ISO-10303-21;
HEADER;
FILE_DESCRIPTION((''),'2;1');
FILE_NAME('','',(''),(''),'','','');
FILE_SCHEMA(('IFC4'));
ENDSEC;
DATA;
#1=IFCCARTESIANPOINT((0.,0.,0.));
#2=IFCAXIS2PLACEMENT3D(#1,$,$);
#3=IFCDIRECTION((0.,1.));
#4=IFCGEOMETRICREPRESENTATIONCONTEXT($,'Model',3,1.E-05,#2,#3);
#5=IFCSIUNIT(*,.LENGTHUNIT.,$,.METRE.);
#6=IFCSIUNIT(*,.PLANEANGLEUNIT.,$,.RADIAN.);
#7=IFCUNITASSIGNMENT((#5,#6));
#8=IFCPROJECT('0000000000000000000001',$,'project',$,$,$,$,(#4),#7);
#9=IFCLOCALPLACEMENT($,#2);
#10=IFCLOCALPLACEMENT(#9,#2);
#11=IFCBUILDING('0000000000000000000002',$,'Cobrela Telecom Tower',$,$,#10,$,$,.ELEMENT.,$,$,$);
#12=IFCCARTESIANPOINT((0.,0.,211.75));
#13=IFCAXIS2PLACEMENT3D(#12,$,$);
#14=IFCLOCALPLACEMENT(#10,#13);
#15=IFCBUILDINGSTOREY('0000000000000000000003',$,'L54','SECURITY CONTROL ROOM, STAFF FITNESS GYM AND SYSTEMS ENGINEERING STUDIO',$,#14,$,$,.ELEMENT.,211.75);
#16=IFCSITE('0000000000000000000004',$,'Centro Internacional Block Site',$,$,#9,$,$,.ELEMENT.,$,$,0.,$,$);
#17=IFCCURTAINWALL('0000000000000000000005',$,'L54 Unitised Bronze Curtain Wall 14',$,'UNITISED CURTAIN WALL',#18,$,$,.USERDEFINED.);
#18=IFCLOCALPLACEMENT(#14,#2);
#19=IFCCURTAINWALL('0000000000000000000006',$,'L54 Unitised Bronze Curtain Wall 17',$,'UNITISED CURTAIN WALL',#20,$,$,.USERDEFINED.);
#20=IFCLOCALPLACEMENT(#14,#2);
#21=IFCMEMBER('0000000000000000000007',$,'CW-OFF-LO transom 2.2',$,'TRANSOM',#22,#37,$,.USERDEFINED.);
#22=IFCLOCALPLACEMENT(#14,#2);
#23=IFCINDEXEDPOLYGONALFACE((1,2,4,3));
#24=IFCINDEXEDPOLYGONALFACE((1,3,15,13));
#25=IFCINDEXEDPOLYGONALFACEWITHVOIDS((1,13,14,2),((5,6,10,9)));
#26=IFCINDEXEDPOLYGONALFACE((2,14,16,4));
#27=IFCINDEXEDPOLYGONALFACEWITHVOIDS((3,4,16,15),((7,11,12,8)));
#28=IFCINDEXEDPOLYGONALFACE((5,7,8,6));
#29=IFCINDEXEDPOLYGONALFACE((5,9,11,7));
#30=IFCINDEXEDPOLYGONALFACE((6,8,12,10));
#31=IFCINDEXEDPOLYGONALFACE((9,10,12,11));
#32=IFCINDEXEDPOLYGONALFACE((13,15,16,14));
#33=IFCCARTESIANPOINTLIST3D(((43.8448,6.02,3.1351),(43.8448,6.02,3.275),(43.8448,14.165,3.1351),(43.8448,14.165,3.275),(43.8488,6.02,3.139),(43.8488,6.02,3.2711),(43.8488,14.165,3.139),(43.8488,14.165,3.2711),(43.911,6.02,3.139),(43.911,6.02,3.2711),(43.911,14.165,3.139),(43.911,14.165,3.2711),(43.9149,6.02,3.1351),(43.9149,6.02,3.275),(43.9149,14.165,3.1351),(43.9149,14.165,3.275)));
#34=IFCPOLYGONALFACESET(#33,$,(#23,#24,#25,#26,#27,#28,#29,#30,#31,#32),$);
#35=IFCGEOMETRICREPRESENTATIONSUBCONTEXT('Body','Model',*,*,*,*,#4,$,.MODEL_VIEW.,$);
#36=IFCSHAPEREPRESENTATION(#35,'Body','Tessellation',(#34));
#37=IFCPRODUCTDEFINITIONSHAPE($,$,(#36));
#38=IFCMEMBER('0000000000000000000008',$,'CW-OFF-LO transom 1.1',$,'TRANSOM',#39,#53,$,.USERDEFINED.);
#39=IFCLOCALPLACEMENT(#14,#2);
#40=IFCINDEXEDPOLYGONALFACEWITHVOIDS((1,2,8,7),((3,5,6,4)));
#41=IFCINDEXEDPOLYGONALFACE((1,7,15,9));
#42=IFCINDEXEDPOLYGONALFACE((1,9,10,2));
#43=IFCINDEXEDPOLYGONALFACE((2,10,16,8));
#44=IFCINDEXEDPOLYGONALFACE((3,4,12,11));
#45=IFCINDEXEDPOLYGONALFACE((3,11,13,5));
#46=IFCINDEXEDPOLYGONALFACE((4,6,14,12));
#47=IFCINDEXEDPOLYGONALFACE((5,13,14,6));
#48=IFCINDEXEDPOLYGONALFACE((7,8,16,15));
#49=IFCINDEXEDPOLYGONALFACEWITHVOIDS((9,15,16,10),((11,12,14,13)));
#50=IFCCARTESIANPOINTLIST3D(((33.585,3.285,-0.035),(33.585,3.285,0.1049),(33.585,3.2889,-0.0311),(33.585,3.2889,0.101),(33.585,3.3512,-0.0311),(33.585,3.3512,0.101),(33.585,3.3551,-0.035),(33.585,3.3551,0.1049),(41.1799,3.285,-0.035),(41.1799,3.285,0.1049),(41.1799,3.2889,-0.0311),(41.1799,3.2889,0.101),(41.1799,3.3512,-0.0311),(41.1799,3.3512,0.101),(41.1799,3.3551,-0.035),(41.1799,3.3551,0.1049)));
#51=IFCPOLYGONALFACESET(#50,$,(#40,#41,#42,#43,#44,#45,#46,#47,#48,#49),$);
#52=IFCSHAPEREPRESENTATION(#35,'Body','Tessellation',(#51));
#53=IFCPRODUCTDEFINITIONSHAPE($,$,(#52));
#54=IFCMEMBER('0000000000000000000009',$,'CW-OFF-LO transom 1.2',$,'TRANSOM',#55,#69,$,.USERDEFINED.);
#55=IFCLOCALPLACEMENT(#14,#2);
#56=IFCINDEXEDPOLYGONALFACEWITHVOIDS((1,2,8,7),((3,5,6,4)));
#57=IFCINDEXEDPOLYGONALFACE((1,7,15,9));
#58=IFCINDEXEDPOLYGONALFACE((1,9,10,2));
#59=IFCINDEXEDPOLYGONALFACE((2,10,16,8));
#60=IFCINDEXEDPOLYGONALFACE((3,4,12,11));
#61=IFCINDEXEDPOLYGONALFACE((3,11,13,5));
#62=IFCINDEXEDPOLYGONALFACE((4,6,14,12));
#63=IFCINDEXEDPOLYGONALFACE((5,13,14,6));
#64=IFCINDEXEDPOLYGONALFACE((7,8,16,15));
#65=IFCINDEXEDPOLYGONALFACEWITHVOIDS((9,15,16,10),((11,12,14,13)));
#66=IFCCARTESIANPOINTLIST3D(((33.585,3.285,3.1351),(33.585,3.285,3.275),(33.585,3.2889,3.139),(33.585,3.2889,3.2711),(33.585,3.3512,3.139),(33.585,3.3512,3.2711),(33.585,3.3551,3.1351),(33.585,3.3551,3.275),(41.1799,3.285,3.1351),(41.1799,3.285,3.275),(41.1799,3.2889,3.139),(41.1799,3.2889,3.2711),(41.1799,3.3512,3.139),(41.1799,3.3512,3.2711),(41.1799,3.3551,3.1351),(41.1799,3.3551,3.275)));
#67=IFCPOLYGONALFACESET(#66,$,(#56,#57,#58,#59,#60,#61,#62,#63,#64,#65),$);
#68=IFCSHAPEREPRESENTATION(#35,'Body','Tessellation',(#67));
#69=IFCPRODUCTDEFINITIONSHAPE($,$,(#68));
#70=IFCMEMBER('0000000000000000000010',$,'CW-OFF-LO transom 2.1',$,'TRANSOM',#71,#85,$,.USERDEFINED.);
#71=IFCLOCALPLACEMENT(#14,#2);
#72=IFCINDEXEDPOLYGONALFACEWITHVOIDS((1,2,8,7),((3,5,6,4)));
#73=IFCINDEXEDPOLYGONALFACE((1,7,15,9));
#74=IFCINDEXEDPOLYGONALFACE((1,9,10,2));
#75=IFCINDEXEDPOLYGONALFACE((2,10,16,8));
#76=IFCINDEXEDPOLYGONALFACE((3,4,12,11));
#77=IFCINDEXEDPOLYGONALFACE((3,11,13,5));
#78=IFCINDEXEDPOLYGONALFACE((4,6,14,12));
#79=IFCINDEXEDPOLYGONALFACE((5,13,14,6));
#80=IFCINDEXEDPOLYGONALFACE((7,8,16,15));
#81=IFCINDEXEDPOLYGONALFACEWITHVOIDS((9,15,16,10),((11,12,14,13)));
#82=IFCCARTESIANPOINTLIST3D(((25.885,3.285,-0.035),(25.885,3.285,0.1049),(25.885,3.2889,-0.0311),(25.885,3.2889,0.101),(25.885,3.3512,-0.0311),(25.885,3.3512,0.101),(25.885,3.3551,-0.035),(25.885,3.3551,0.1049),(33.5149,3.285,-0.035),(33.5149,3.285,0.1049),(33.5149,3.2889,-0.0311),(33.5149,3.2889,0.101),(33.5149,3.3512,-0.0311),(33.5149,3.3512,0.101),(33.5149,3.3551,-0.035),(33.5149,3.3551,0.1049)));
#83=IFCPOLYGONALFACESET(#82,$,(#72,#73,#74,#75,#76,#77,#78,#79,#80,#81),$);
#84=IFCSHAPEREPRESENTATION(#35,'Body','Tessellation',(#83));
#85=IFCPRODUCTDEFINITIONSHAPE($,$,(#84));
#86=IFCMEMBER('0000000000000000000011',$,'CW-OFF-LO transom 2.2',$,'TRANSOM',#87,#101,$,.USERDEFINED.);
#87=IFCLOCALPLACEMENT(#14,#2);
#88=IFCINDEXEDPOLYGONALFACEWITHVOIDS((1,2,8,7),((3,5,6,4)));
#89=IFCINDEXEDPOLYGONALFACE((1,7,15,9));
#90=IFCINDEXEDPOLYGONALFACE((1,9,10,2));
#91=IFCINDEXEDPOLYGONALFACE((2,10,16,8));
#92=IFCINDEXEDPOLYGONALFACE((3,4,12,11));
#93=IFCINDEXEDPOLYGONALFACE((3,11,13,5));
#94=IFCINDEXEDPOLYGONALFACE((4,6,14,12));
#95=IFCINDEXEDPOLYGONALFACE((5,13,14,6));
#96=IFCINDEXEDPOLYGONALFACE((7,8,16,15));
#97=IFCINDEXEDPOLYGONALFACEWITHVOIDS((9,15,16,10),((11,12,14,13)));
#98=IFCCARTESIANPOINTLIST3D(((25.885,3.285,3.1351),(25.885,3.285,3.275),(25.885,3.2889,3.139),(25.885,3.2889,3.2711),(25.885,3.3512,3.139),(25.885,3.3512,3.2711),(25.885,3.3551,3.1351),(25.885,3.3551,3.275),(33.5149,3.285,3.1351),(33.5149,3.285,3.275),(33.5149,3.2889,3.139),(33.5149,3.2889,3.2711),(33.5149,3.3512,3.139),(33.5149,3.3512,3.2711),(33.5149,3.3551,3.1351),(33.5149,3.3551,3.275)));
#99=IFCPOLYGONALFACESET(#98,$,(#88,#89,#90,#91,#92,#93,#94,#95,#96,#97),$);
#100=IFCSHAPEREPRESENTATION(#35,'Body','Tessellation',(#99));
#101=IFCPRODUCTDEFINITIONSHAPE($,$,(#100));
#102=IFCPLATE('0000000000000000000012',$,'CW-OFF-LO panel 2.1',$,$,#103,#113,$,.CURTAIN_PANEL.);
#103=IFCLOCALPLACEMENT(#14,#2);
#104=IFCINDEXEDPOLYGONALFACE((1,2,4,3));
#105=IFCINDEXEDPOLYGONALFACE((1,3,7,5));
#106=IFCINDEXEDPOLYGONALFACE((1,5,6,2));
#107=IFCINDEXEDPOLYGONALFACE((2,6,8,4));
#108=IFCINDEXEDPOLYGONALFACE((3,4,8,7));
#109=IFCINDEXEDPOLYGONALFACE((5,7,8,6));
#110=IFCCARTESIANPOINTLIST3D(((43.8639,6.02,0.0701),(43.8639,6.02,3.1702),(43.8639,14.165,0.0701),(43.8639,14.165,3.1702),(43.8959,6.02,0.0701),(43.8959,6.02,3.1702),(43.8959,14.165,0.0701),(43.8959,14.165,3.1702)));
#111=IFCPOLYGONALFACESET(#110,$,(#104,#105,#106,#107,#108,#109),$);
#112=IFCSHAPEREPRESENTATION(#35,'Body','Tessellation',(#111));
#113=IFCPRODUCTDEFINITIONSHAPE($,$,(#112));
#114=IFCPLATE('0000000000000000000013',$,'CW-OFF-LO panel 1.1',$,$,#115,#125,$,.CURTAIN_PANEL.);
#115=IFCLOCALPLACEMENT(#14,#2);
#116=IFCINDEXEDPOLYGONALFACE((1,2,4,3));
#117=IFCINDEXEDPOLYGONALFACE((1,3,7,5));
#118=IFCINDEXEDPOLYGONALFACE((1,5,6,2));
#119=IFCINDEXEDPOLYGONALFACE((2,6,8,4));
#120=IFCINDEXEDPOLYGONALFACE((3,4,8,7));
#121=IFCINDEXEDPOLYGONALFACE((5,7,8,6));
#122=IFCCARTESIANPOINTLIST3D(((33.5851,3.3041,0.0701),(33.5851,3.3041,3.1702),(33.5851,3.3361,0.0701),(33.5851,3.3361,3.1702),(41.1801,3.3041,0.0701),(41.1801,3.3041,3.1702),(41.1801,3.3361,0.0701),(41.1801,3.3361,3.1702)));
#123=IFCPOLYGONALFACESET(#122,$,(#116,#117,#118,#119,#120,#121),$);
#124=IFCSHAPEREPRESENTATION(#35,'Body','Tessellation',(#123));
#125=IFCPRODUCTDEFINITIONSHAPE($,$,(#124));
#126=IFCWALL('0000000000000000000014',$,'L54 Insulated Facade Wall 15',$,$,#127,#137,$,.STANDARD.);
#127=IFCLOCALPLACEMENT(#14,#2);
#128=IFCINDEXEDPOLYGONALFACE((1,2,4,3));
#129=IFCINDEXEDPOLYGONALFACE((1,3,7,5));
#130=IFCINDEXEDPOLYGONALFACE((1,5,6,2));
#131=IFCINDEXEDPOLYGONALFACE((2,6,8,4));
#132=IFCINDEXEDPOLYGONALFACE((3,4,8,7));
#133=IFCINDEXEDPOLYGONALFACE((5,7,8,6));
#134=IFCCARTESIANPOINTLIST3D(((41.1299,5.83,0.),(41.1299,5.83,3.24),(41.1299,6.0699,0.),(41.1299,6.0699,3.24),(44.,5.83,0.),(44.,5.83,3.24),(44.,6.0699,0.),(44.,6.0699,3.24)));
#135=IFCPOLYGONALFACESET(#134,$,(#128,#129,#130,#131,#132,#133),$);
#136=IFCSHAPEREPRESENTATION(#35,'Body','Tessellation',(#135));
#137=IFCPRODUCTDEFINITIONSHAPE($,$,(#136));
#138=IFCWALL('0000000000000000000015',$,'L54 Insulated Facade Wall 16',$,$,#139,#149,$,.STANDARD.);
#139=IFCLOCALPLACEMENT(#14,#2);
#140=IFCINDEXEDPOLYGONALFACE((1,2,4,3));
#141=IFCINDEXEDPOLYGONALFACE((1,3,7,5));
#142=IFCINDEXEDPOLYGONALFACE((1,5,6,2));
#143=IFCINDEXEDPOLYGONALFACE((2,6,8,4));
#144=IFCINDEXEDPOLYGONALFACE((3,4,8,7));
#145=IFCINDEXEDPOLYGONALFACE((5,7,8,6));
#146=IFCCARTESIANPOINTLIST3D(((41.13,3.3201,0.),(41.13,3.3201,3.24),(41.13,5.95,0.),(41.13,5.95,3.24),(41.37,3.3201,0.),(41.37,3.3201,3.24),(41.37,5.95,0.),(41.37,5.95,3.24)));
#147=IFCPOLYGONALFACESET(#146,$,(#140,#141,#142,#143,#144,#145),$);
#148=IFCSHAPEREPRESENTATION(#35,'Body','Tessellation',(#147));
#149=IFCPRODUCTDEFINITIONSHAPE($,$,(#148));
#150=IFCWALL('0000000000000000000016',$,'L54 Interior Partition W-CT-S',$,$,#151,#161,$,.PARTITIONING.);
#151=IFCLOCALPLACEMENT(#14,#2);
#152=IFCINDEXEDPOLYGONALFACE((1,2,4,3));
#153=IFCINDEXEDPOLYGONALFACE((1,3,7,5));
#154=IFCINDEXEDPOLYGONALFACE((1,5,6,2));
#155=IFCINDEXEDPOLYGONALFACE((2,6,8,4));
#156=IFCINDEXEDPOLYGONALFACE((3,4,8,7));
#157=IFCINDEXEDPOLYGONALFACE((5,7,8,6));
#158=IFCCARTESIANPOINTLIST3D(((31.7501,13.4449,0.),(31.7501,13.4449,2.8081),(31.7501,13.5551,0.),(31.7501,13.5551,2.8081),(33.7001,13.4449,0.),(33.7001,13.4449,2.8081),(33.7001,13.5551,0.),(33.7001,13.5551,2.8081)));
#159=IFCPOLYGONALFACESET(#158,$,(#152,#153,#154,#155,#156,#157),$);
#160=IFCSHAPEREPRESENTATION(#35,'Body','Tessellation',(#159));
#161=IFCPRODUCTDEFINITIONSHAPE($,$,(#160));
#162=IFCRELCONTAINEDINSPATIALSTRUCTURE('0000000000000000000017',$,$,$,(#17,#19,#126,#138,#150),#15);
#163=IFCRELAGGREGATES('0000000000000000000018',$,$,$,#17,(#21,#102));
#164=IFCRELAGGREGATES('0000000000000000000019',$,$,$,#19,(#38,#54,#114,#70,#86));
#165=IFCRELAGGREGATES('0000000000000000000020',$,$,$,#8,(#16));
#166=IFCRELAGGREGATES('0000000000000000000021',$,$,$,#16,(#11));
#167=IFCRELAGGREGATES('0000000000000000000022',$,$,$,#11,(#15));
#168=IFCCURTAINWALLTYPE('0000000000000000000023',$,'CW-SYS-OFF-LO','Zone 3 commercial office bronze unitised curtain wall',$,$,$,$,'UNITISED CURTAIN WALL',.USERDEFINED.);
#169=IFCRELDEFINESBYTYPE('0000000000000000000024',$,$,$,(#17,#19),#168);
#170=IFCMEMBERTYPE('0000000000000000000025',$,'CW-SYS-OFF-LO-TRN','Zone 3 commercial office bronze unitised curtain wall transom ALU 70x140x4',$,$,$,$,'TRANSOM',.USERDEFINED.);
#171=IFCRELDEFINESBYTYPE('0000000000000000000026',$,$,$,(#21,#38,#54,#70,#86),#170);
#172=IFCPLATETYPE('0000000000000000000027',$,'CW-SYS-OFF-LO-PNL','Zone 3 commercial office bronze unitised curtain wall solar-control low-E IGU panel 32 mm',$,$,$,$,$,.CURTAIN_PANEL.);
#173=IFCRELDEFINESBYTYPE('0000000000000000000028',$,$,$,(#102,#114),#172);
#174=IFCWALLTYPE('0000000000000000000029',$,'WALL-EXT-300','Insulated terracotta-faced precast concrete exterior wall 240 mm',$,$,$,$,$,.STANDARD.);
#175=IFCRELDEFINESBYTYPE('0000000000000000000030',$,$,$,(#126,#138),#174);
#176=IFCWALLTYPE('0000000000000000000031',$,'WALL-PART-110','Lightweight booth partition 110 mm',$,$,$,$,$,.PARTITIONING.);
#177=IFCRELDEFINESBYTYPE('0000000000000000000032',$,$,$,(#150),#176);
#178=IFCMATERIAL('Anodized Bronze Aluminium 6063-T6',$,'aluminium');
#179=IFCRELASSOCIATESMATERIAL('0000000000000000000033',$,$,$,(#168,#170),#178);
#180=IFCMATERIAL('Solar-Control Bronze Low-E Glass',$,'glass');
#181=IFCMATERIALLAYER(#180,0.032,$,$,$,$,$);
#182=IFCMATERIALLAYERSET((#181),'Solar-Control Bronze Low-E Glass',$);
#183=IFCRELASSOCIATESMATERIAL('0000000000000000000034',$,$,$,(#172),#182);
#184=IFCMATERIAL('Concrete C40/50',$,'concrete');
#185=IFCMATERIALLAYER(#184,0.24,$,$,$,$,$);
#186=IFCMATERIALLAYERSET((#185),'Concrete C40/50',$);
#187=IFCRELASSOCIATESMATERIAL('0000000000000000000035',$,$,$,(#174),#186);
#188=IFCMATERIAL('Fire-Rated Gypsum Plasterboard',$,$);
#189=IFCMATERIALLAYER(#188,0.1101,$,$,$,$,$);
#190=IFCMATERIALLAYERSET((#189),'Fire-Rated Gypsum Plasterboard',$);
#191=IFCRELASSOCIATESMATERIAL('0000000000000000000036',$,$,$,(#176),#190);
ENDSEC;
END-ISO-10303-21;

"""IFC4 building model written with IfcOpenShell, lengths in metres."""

from ifc_helpers import new_model, si_unit, direction, frame, frame_2d, origin, origin_2d, place, context, subcontext, project, spatial, rectangle, hollow_rectangle, extrude, material, layer, layer_set, material_profile, profile_set, type_object, element, aggregate, save


model = new_model("IFC4")

# Units and contexts
model_context = context("Model", 3, precision=1e-05, world=origin(), true_north=direction((0.0, 1.0)))
body_context = subcontext(model_context, "Body", "Model", "MODEL_VIEW")
ifc_project = project(units=[si_unit("LENGTHUNIT", "METRE"), si_unit("PLANEANGLEUNIT", "RADIAN")], contexts=[model_context])

# Site, building, storey
site_placement = place(None, origin())
site = spatial("IfcSite", under=ifc_project, at=site_placement, Name="Centro Internacional Block Site", CompositionType="ELEMENT", RefElevation=0.0)
building_placement = place(site_placement, origin())
building = spatial("IfcBuilding", under=site, at=building_placement, Name="Cobrela Telecom Tower", CompositionType="ELEMENT")
storey_placement = place(building_placement, frame((0.0, 0.0, 211.75)))
storey = spatial("IfcBuildingStorey", under=building, at=storey_placement, Name="L54", Description="SECURITY CONTROL ROOM, STAFF FITNESS GYM AND SYSTEMS ENGINEERING STUDIO", CompositionType="ELEMENT", Elevation=211.75)

# Curtain walls
ifc_material_1 = material(Name="Anodized Bronze Aluminium 6063-T6", Category="aluminium")
curtain_wall_type = type_object("IfcCurtainWallType", Name="CW-SYS-OFF-LO", Description="Zone 3 commercial office bronze unitised curtain wall", ElementType="UNITISED CURTAIN WALL", PredefinedType="USERDEFINED", material=ifc_material_1)
curtain_wall_1_placement = place(storey_placement, origin())
curtain_wall_1 = element("IfcCurtainWall", 1, at=curtain_wall_1_placement, inside=storey, type_object=curtain_wall_type, Name="L54 Unitised Bronze Curtain Wall 14", ObjectType="UNITISED CURTAIN WALL", PredefinedType="USERDEFINED")
curtain_wall_2_placement = place(storey_placement, origin())
curtain_wall_2 = element("IfcCurtainWall", 2, at=curtain_wall_2_placement, inside=storey, type_object=curtain_wall_type, Name="L54 Unitised Bronze Curtain Wall 17", ObjectType="UNITISED CURTAIN WALL", PredefinedType="USERDEFINED")

# Members
ifc_material_profile_1 = material_profile(ifc_material_1, hollow_rectangle(XDim=0.0701, YDim=0.1399, WallThickness=0.0039, at=origin_2d()), Name="ALU 70x140x4")
ifc_profile_set_1 = profile_set([ifc_material_profile_1], Name="Anodized Bronze Aluminium 6063-T6")
member_type_1 = type_object("IfcMemberType", Name="CW-SYS-OFF-LO-TRN", Description="Zone 3 commercial office bronze unitised curtain wall transom ALU 70x140x4", ElementType="TRANSOM", PredefinedType="USERDEFINED", material=ifc_profile_set_1)
member_1_placement = place(storey_placement, frame((43.8799, 14.165, 3.2051), z_axis=(0.0, -1.0, 0.0), x_axis=(1.0, 0.0, 0.0)))
member_1 = element("IfcMember", 3, at=member_1_placement, type_object=member_type_1, Name="CW-OFF-LO transom 2.2", ObjectType="TRANSOM", PredefinedType="USERDEFINED", context=body_context, shape_type="SweptSolid", body=[
    extrude(hollow_rectangle(XDim=0.0701, YDim=0.1399, WallThickness=0.0039, at=origin_2d()), origin(), (0.0, 0.0, 1.0), 8.145),
])
member_2_placement = place(storey_placement, frame((41.1799, 3.3201, 0.0349), z_axis=(-1.0, 0.0, 0.0), x_axis=(0.0, -1.0, 0.0)))
member_2 = element("IfcMember", 4, at=member_2_placement, type_object=member_type_1, Name="CW-OFF-LO transom 1.1", ObjectType="TRANSOM", PredefinedType="USERDEFINED", context=body_context, shape_type="SweptSolid", body=[
    extrude(hollow_rectangle(XDim=0.0701, YDim=0.1399, WallThickness=0.0039, at=origin_2d()), origin(), (0.0, 0.0, 1.0), 7.595),
])
member_3_placement = place(storey_placement, frame((41.1799, 3.3201, 3.2051), z_axis=(-1.0, 0.0, 0.0), x_axis=(0.0, -1.0, 0.0)))
member_3 = element("IfcMember", 5, at=member_3_placement, type_object=member_type_1, Name="CW-OFF-LO transom 1.2", ObjectType="TRANSOM", PredefinedType="USERDEFINED", context=body_context, shape_type="SweptSolid", body=[
    extrude(hollow_rectangle(XDim=0.0701, YDim=0.1399, WallThickness=0.0039, at=origin_2d()), origin(), (0.0, 0.0, 1.0), 7.595),
])
member_4_placement = place(storey_placement, frame((33.5149, 3.3201, 0.0349), z_axis=(-1.0, 0.0, 0.0), x_axis=(0.0, -1.0, 0.0)))
member_4 = element("IfcMember", 6, at=member_4_placement, type_object=member_type_1, Name="CW-OFF-LO transom 2.1", ObjectType="TRANSOM", PredefinedType="USERDEFINED", context=body_context, shape_type="SweptSolid", body=[
    extrude(hollow_rectangle(XDim=0.0701, YDim=0.1399, WallThickness=0.0039, at=origin_2d()), origin(), (0.0, 0.0, 1.0), 7.6299),
])
member_5_placement = place(storey_placement, frame((33.5149, 3.3201, 3.2051), z_axis=(-1.0, 0.0, 0.0), x_axis=(0.0, -1.0, 0.0)))
member_5 = element("IfcMember", 7, at=member_5_placement, type_object=member_type_1, Name="CW-OFF-LO transom 2.2", ObjectType="TRANSOM", PredefinedType="USERDEFINED", context=body_context, shape_type="SweptSolid", body=[
    extrude(hollow_rectangle(XDim=0.0701, YDim=0.1399, WallThickness=0.0039, at=origin_2d()), origin(), (0.0, 0.0, 1.0), 7.6299),
])

# Plates
ifc_material_2 = material(Name="Solar-Control Bronze Low-E Glass", Category="glass")
ifc_layer_1 = layer(ifc_material_2, 0.032)
ifc_layer_set_1 = layer_set([ifc_layer_1], Name="Solar-Control Bronze Low-E Glass")
plate_type = type_object("IfcPlateType", Name="CW-SYS-OFF-LO-PNL", Description="Zone 3 commercial office bronze unitised curtain wall solar-control low-E IGU panel 32 mm", PredefinedType="CURTAIN_PANEL", material=ifc_layer_set_1)
plate_1_placement = place(storey_placement, frame((43.8799, 10.0925, 0.0701), z_axis=(0.0, 0.0, 1.0), x_axis=(0.0, -1.0, 0.0)))
plate_1 = element("IfcPlate", 8, at=plate_1_placement, type_object=plate_type, Name="CW-OFF-LO panel 2.1", PredefinedType="CURTAIN_PANEL", context=body_context, shape_type="SweptSolid", body=[
    extrude(rectangle(XDim=8.145, YDim=0.032, at=origin_2d()), origin(), (0.0, 0.0, 1.0), 3.1001),
])
aggregate(curtain_wall_1, [member_1, plate_1])
plate_2_placement = place(storey_placement, frame((37.3826, 3.3201, 0.0701), z_axis=(0.0, 0.0, 1.0), x_axis=(-1.0, 0.0, 0.0)))
plate_2 = element("IfcPlate", 9, at=plate_2_placement, type_object=plate_type, Name="CW-OFF-LO panel 1.1", PredefinedType="CURTAIN_PANEL", context=body_context, shape_type="SweptSolid", body=[
    extrude(rectangle(XDim=7.595, YDim=0.032, at=origin_2d()), origin(), (0.0, 0.0, 1.0), 3.1001),
])
aggregate(curtain_wall_2, [member_2, member_3, plate_2, member_4, member_5])

# Walls
ifc_material_3 = material(Name="Concrete C40/50", Category="concrete")
ifc_layer_2 = layer(ifc_material_3, 0.24)
ifc_layer_set_2 = layer_set([ifc_layer_2], Name="Concrete C40/50")
wall_type_1 = type_object("IfcWallType", Name="WALL-EXT-300", Description="Insulated terracotta-faced precast concrete exterior wall 240 mm", PredefinedType="STANDARD", material=ifc_layer_set_2)
wall_1_placement = place(storey_placement, frame((44.0, 5.95, 0.0), z_axis=(0.0, 0.0, 1.0), x_axis=(-1.0, 0.0, 0.0)))
element("IfcWall", 10, at=wall_1_placement, inside=storey, type_object=wall_type_1, Name="L54 Insulated Facade Wall 15", PredefinedType="STANDARD", context=body_context, shape_type="SweptSolid", body=[
    extrude(rectangle(XDim=2.8701, YDim=0.24, at=frame_2d((1.4351, 0.0))), origin(), (0.0, 0.0, 1.0), 3.24),
])
wall_2_placement = place(storey_placement, frame((41.25, 5.95, 0.0), z_axis=(0.0, 0.0, 1.0), x_axis=(0.0, -1.0, 0.0)))
element("IfcWall", 11, at=wall_2_placement, inside=storey, type_object=wall_type_1, Name="L54 Insulated Facade Wall 16", PredefinedType="STANDARD", context=body_context, shape_type="SweptSolid", body=[
    extrude(rectangle(XDim=2.6299, YDim=0.24, at=frame_2d((1.3149, 0.0))), origin(), (0.0, 0.0, 1.0), 3.24),
])
ifc_material_4 = material(Name="Fire-Rated Gypsum Plasterboard")
ifc_layer_3 = layer(ifc_material_4, 0.1101)
ifc_layer_set_3 = layer_set([ifc_layer_3], Name="Fire-Rated Gypsum Plasterboard")
wall_type_2 = type_object("IfcWallType", Name="WALL-PART-110", Description="Lightweight booth partition 110 mm", PredefinedType="PARTITIONING", material=ifc_layer_set_3)
wall_3_placement = place(storey_placement, frame((31.75, 13.5, 0.0), z_axis=(0.0, 0.0, 1.0), x_axis=(1.0, 0.0, 0.0)))
element("IfcWall", 12, at=wall_3_placement, inside=storey, type_object=wall_type_2, Name="L54 Interior Partition W-CT-S", PredefinedType="PARTITIONING", context=body_context, shape_type="SweptSolid", body=[
    extrude(rectangle(XDim=1.95, YDim=0.1101, at=frame_2d((0.9751, 0.0))), origin(), (0.0, 0.0, 1.0), 2.8081),
])

save(model, "model.ifc")
